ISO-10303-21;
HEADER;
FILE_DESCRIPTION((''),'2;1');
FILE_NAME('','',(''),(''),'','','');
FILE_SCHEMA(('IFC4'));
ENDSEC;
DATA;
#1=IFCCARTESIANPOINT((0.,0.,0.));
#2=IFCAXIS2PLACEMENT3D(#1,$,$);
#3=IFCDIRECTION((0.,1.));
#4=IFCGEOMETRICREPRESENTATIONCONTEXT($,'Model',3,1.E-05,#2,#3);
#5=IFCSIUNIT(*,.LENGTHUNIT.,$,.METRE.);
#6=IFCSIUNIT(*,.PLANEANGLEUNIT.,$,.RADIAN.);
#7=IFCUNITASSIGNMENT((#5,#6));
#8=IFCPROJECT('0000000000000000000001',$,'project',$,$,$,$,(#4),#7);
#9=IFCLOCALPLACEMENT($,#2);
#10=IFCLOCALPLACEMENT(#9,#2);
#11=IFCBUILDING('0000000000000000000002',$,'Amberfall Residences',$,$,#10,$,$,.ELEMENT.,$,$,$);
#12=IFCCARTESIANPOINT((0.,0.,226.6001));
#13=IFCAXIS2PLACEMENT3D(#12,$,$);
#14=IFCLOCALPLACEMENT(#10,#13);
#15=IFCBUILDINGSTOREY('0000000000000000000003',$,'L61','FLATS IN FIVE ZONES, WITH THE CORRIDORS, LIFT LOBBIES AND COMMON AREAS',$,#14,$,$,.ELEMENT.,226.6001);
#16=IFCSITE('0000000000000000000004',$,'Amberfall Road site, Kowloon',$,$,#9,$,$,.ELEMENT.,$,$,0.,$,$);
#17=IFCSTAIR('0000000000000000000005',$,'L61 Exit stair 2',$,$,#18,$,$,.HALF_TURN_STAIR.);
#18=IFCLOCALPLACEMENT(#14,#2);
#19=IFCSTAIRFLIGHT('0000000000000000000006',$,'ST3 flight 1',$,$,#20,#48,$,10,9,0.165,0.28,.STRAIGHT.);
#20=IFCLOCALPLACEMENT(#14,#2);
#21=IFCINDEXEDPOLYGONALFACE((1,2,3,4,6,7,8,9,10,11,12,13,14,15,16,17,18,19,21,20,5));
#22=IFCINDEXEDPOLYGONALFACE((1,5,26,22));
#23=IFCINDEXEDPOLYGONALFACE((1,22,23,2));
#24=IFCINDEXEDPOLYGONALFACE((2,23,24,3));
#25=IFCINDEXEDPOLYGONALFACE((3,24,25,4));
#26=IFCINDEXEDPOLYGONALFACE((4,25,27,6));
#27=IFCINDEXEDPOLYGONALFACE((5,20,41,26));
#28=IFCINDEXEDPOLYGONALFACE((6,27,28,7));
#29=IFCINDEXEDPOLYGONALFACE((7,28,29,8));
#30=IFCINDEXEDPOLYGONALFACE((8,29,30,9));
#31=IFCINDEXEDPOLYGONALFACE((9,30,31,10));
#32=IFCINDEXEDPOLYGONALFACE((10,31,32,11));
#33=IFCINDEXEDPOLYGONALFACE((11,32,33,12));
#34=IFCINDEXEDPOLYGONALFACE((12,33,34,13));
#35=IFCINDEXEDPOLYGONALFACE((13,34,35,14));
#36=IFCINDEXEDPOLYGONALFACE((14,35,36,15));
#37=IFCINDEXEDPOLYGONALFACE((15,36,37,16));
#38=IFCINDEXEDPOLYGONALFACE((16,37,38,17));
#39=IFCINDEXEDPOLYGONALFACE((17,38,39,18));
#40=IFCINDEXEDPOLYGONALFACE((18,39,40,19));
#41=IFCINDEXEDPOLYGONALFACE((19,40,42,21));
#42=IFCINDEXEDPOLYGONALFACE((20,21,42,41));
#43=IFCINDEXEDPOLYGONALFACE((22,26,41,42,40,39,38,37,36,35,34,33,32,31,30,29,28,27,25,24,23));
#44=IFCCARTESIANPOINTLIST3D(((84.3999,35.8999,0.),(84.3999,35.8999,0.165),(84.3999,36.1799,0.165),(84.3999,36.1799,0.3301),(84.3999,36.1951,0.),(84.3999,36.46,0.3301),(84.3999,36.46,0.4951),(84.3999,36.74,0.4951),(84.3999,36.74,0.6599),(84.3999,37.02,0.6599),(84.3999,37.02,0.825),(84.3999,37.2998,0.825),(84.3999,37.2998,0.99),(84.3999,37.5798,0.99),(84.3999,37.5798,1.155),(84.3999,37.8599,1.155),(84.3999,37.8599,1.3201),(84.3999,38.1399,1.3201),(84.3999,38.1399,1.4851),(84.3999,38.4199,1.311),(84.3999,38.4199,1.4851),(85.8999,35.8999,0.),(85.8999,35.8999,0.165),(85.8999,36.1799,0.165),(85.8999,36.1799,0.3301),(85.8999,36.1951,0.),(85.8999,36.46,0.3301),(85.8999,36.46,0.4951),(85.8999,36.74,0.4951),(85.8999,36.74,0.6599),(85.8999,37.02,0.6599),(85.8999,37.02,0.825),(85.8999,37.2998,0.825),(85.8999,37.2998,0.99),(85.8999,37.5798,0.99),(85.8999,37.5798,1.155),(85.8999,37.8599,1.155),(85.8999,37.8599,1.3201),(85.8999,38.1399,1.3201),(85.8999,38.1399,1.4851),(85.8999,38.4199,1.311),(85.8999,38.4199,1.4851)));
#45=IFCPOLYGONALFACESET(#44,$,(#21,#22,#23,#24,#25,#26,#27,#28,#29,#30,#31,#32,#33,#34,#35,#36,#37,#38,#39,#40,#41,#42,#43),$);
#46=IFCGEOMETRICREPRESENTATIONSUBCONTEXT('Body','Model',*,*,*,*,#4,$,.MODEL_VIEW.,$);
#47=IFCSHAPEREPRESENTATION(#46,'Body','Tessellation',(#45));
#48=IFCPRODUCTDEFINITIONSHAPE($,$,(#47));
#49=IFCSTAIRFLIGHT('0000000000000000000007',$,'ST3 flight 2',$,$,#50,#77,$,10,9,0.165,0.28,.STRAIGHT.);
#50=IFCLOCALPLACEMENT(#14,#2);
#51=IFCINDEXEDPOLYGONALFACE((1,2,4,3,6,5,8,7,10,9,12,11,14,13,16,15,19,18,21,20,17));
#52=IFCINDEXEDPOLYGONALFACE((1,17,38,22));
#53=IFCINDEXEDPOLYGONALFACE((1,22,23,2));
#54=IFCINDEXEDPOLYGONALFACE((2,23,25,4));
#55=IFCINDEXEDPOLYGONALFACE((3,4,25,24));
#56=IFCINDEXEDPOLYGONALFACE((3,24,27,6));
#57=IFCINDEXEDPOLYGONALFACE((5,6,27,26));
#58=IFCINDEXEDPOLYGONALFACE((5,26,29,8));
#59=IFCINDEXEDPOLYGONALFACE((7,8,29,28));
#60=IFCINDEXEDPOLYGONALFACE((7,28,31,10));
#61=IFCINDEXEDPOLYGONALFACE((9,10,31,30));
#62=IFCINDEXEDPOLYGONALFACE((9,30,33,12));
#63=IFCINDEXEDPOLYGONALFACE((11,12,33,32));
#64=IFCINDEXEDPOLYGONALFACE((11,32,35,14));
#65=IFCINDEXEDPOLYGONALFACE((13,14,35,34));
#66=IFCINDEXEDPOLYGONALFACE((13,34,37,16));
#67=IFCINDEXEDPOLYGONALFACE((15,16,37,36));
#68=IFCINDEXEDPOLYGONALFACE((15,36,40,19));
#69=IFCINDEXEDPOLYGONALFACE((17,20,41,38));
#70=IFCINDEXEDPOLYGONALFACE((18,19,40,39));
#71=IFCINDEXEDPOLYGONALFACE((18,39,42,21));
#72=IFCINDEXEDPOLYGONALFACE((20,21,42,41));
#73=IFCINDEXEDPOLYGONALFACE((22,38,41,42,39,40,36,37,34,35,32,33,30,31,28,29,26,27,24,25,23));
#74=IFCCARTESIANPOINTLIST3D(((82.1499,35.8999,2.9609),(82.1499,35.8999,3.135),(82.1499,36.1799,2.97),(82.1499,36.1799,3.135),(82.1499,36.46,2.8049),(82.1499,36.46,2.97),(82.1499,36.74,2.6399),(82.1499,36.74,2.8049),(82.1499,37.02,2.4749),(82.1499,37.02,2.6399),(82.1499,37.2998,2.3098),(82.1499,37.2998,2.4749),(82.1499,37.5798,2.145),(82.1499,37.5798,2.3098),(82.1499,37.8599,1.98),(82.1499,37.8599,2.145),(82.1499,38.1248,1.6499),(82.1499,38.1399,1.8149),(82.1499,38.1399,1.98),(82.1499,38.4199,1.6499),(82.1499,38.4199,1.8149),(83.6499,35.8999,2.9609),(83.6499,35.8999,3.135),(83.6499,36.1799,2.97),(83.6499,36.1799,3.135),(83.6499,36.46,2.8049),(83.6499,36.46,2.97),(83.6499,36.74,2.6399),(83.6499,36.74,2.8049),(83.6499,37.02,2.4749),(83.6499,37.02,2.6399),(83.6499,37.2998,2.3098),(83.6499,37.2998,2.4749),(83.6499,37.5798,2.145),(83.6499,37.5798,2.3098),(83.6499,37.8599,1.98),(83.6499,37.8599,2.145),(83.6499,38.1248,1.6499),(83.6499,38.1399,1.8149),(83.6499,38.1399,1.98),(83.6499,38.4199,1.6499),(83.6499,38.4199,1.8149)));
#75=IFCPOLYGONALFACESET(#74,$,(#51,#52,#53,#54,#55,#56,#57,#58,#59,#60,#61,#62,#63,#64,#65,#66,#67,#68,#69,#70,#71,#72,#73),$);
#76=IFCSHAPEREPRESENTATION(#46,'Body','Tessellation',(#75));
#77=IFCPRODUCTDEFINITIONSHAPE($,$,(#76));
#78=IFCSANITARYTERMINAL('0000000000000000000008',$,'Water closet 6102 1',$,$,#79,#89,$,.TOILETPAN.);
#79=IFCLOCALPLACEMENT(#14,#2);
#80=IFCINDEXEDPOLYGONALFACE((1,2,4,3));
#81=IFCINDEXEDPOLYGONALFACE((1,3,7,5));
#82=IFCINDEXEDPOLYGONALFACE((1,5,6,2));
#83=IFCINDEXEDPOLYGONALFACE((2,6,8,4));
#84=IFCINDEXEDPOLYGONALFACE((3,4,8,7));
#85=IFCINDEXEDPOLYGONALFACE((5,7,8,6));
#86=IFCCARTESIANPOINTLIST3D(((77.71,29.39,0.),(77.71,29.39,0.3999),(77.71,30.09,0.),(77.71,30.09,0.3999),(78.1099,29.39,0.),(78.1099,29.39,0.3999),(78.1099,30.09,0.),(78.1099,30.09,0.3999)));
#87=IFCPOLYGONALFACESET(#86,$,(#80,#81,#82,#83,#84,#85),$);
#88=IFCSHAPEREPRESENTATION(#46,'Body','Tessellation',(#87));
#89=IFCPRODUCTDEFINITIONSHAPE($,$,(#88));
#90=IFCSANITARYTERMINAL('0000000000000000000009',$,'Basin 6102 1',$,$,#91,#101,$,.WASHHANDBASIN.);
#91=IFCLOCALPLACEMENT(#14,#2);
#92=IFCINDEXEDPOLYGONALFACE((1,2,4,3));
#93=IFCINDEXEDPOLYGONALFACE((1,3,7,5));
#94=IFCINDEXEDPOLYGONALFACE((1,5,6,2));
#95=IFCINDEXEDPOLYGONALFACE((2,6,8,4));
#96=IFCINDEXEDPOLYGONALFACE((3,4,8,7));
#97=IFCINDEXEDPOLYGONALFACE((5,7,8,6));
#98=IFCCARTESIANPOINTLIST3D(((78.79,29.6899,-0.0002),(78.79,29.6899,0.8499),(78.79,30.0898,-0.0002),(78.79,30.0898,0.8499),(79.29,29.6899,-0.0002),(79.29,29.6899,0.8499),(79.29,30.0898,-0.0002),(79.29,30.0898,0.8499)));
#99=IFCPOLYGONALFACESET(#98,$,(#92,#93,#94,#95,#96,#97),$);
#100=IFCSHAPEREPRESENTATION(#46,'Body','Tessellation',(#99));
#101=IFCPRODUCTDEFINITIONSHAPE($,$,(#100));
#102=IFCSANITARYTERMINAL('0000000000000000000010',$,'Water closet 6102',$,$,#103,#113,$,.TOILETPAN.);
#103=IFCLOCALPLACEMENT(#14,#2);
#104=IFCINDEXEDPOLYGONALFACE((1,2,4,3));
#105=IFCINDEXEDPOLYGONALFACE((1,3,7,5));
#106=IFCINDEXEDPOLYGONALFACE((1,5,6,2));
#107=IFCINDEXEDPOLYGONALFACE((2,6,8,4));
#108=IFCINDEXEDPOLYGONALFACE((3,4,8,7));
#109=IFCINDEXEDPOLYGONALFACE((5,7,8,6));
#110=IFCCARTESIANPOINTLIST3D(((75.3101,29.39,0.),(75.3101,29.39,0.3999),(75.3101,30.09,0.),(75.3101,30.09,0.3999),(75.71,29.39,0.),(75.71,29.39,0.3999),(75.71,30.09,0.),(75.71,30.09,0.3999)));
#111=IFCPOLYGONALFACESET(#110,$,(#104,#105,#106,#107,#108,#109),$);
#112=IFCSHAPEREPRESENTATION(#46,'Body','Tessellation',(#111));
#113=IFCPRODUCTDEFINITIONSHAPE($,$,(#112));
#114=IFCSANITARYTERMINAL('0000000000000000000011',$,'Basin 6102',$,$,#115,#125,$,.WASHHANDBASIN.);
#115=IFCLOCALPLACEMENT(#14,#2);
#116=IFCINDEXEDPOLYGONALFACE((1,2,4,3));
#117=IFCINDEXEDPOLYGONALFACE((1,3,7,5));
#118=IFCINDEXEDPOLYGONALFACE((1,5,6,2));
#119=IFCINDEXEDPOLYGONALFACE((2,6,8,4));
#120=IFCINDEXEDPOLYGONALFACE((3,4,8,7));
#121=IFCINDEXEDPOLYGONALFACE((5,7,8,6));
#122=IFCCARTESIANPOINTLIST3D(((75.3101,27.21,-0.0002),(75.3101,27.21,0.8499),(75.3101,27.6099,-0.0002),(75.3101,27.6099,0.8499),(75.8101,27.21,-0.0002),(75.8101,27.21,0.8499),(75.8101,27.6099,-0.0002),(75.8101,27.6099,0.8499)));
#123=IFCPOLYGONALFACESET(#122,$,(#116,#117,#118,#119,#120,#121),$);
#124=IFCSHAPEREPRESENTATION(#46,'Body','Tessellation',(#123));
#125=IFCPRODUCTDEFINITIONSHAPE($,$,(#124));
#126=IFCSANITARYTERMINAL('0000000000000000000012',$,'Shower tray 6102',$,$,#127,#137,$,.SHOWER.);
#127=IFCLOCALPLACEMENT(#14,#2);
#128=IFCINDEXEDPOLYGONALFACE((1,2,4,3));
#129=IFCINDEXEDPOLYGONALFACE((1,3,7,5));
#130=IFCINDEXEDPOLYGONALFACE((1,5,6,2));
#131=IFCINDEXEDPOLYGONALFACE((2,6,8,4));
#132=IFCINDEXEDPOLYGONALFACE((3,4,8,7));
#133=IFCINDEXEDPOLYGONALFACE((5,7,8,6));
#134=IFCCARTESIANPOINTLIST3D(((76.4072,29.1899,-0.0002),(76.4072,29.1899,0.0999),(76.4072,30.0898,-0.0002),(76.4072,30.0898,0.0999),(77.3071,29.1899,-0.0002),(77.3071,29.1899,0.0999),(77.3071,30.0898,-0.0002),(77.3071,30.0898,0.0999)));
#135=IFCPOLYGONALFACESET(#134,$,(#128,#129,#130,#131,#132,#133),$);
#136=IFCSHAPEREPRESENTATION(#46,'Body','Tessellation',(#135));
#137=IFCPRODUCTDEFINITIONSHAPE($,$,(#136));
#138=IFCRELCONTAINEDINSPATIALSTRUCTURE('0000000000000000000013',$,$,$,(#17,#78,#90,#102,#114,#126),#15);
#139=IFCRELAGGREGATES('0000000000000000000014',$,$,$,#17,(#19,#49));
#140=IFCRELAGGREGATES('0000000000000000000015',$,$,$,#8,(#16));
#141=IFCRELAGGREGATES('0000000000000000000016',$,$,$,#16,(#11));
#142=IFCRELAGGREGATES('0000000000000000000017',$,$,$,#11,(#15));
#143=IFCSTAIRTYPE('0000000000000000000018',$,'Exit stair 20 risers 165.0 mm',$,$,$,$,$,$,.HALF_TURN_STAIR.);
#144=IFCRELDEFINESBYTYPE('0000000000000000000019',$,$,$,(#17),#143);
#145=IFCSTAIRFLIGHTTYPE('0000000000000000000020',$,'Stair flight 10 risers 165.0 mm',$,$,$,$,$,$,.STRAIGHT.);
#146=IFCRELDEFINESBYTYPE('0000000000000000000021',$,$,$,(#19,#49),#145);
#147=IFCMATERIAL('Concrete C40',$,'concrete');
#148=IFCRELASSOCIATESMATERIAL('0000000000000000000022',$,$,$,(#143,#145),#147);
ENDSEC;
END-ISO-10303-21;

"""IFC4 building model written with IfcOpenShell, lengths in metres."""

from ifc_helpers import new_model, si_unit, direction, frame, origin, origin_2d, place, context, subcontext, project, spatial, polyline, rectangle, outline, extrude, material, type_object, element, aggregate, save


model = new_model("IFC4")

# Units and contexts
model_context = context("Model", 3, precision=1e-05, world=origin(), true_north=direction((0.0, 1.0)))
body_context = subcontext(model_context, "Body", "Model", "MODEL_VIEW")
ifc_project = project(units=[si_unit("LENGTHUNIT", "METRE"), si_unit("PLANEANGLEUNIT", "RADIAN")], contexts=[model_context])

# Site, building, storey
site_placement = place(None, origin())
site = spatial("IfcSite", under=ifc_project, at=site_placement, Name="Amberfall Road site, Kowloon", CompositionType="ELEMENT", RefElevation=0.0)
building_placement = place(site_placement, origin())
building = spatial("IfcBuilding", under=site, at=building_placement, Name="Amberfall Residences", CompositionType="ELEMENT")
storey_placement = place(building_placement, frame((0.0, 0.0, 226.6001)))
storey = spatial("IfcBuildingStorey", under=building, at=storey_placement, Name="L61", Description="FLATS IN FIVE ZONES, WITH THE CORRIDORS, LIFT LOBBIES AND COMMON AREAS", CompositionType="ELEMENT", Elevation=226.6001)

# Stair, stair flights
ifc_material_1 = material(Name="Concrete C40", Category="concrete")
stair_type = type_object("IfcStairType", Name="Exit stair 20 risers 165.0 mm", PredefinedType="HALF_TURN_STAIR", material=ifc_material_1)
stair_placement = place(storey_placement, origin())
stair = element("IfcStair", 1, at=stair_placement, inside=storey, type_object=stair_type, Name="L61 Exit stair 2", PredefinedType="HALF_TURN_STAIR")
stair_flight_type = type_object("IfcStairFlightType", Name="Stair flight 10 risers 165.0 mm", PredefinedType="STRAIGHT", material=ifc_material_1)
stair_flight_1_placement = place(storey_placement, frame((85.1499, 35.8999, 0.0), z_axis=(0.0, 0.0, 1.0), x_axis=(0.0, 1.0, 0.0)))
stair_flight_1 = element("IfcStairFlight", 2, at=stair_flight_1_placement, type_object=stair_flight_type, Name="ST3 flight 1", NumberOfRisers=10, NumberOfTreads=9, PredefinedType="STRAIGHT", RiserHeight=0.165, TreadLength=0.28, context=body_context, shape_type="SweptSolid", body=[
    extrude(outline(polyline([(0.0, 0.0), (0.0, 0.165), (0.28, 0.165), (0.28, 0.3301), (0.5601, 0.3301), (0.5601, 0.4951), (0.8401, 0.4951), (0.8401, 0.6599), (1.1201, 0.6599), (1.1201, 0.825), (1.3999, 0.825), (1.3999, 0.99), (1.6799, 0.99), (1.6799, 1.155), (1.96, 1.155), (1.96, 1.3201), (2.24, 1.3201), (2.24, 1.4851), (2.52, 1.4851), (2.52, 1.6499), (2.52, 1.311), (0.2952, 0.0), (0.0, 0.0)])), frame((0.0, 0.75, 0.0), z_axis=(0.0, -1.0, 0.0), x_axis=(1.0, 0.0, 0.0)), (0.0, 0.0, 1.0), 1.5),
])
stair_flight_2_placement = place(storey_placement, frame((82.8999, 38.4199, 1.6499), z_axis=(0.0, 0.0, 1.0), x_axis=(0.0, -1.0, 0.0)))
stair_flight_2 = element("IfcStairFlight", 3, at=stair_flight_2_placement, type_object=stair_flight_type, Name="ST3 flight 2", NumberOfRisers=10, NumberOfTreads=9, PredefinedType="STRAIGHT", RiserHeight=0.165, TreadLength=0.28, context=body_context, shape_type="SweptSolid", body=[
    extrude(outline(polyline([(0.0, 0.0), (0.0, 0.165), (0.28, 0.165), (0.28, 0.3301), (0.5601, 0.3301), (0.5601, 0.4951), (0.8401, 0.4951), (0.8401, 0.6599), (1.1201, 0.6599), (1.1201, 0.825), (1.3999, 0.825), (1.3999, 0.99), (1.6799, 0.99), (1.6799, 1.155), (1.96, 1.155), (1.96, 1.3201), (2.24, 1.3201), (2.24, 1.4851), (2.52, 1.4851), (2.52, 1.6499), (2.52, 1.311), (0.2952, 0.0), (0.0, 0.0)])), frame((0.0, 0.75, 0.0), z_axis=(0.0, -1.0, 0.0), x_axis=(1.0, 0.0, 0.0)), (0.0, 0.0, 1.0), 1.5),
])
aggregate(stair, [stair_flight_1, stair_flight_2])

# Sanitary terminals
sanitary_terminal_1_placement = place(storey_placement, frame((77.9099, 29.74, 0.0), z_axis=(0.0, 0.0, 1.0), x_axis=(1.0, 0.0, 0.0)))
element("IfcSanitaryTerminal", 4, at=sanitary_terminal_1_placement, inside=storey, Name="Water closet 6102 1", PredefinedType="TOILETPAN", context=body_context, shape_type="SweptSolid", body=[
    extrude(rectangle(XDim=0.3999, YDim=0.7, at=origin_2d()), origin(), (0.0, 0.0, 1.0), 0.3999),
])
sanitary_terminal_2_placement = place(storey_placement, frame((79.04, 29.8899, -0.0002), z_axis=(0.0, 0.0, 1.0), x_axis=(1.0, 0.0, 0.0)))
element("IfcSanitaryTerminal", 5, at=sanitary_terminal_2_placement, inside=storey, Name="Basin 6102 1", PredefinedType="WASHHANDBASIN", context=body_context, shape_type="SweptSolid", body=[
    extrude(rectangle(XDim=0.5, YDim=0.3999, at=origin_2d()), origin(), (0.0, 0.0, 1.0), 0.8501),
])
sanitary_terminal_3_placement = place(storey_placement, frame((75.51, 29.74, 0.0), z_axis=(0.0, 0.0, 1.0), x_axis=(1.0, 0.0, 0.0)))
element("IfcSanitaryTerminal", 6, at=sanitary_terminal_3_placement, inside=storey, Name="Water closet 6102", PredefinedType="TOILETPAN", context=body_context, shape_type="SweptSolid", body=[
    extrude(rectangle(XDim=0.3999, YDim=0.7, at=origin_2d()), origin(), (0.0, 0.0, 1.0), 0.3999),
])
sanitary_terminal_4_placement = place(storey_placement, frame((75.5601, 27.4099, -0.0002), z_axis=(0.0, 0.0, 1.0), x_axis=(1.0, 0.0, 0.0)))
element("IfcSanitaryTerminal", 7, at=sanitary_terminal_4_placement, inside=storey, Name="Basin 6102", PredefinedType="WASHHANDBASIN", context=body_context, shape_type="SweptSolid", body=[
    extrude(rectangle(XDim=0.5, YDim=0.3999, at=origin_2d()), origin(), (0.0, 0.0, 1.0), 0.8501),
])
sanitary_terminal_5_placement = place(storey_placement, frame((76.8572, 29.6399, -0.0002), z_axis=(0.0, 0.0, 1.0), x_axis=(1.0, 0.0, 0.0)))
element("IfcSanitaryTerminal", 8, at=sanitary_terminal_5_placement, inside=storey, Name="Shower tray 6102", PredefinedType="SHOWER", context=body_context, shape_type="SweptSolid", body=[
    extrude(rectangle(XDim=0.8999, YDim=0.8999, at=origin_2d()), origin(), (0.0, 0.0, 1.0), 0.1001),
])

save(model, "model.ifc")
